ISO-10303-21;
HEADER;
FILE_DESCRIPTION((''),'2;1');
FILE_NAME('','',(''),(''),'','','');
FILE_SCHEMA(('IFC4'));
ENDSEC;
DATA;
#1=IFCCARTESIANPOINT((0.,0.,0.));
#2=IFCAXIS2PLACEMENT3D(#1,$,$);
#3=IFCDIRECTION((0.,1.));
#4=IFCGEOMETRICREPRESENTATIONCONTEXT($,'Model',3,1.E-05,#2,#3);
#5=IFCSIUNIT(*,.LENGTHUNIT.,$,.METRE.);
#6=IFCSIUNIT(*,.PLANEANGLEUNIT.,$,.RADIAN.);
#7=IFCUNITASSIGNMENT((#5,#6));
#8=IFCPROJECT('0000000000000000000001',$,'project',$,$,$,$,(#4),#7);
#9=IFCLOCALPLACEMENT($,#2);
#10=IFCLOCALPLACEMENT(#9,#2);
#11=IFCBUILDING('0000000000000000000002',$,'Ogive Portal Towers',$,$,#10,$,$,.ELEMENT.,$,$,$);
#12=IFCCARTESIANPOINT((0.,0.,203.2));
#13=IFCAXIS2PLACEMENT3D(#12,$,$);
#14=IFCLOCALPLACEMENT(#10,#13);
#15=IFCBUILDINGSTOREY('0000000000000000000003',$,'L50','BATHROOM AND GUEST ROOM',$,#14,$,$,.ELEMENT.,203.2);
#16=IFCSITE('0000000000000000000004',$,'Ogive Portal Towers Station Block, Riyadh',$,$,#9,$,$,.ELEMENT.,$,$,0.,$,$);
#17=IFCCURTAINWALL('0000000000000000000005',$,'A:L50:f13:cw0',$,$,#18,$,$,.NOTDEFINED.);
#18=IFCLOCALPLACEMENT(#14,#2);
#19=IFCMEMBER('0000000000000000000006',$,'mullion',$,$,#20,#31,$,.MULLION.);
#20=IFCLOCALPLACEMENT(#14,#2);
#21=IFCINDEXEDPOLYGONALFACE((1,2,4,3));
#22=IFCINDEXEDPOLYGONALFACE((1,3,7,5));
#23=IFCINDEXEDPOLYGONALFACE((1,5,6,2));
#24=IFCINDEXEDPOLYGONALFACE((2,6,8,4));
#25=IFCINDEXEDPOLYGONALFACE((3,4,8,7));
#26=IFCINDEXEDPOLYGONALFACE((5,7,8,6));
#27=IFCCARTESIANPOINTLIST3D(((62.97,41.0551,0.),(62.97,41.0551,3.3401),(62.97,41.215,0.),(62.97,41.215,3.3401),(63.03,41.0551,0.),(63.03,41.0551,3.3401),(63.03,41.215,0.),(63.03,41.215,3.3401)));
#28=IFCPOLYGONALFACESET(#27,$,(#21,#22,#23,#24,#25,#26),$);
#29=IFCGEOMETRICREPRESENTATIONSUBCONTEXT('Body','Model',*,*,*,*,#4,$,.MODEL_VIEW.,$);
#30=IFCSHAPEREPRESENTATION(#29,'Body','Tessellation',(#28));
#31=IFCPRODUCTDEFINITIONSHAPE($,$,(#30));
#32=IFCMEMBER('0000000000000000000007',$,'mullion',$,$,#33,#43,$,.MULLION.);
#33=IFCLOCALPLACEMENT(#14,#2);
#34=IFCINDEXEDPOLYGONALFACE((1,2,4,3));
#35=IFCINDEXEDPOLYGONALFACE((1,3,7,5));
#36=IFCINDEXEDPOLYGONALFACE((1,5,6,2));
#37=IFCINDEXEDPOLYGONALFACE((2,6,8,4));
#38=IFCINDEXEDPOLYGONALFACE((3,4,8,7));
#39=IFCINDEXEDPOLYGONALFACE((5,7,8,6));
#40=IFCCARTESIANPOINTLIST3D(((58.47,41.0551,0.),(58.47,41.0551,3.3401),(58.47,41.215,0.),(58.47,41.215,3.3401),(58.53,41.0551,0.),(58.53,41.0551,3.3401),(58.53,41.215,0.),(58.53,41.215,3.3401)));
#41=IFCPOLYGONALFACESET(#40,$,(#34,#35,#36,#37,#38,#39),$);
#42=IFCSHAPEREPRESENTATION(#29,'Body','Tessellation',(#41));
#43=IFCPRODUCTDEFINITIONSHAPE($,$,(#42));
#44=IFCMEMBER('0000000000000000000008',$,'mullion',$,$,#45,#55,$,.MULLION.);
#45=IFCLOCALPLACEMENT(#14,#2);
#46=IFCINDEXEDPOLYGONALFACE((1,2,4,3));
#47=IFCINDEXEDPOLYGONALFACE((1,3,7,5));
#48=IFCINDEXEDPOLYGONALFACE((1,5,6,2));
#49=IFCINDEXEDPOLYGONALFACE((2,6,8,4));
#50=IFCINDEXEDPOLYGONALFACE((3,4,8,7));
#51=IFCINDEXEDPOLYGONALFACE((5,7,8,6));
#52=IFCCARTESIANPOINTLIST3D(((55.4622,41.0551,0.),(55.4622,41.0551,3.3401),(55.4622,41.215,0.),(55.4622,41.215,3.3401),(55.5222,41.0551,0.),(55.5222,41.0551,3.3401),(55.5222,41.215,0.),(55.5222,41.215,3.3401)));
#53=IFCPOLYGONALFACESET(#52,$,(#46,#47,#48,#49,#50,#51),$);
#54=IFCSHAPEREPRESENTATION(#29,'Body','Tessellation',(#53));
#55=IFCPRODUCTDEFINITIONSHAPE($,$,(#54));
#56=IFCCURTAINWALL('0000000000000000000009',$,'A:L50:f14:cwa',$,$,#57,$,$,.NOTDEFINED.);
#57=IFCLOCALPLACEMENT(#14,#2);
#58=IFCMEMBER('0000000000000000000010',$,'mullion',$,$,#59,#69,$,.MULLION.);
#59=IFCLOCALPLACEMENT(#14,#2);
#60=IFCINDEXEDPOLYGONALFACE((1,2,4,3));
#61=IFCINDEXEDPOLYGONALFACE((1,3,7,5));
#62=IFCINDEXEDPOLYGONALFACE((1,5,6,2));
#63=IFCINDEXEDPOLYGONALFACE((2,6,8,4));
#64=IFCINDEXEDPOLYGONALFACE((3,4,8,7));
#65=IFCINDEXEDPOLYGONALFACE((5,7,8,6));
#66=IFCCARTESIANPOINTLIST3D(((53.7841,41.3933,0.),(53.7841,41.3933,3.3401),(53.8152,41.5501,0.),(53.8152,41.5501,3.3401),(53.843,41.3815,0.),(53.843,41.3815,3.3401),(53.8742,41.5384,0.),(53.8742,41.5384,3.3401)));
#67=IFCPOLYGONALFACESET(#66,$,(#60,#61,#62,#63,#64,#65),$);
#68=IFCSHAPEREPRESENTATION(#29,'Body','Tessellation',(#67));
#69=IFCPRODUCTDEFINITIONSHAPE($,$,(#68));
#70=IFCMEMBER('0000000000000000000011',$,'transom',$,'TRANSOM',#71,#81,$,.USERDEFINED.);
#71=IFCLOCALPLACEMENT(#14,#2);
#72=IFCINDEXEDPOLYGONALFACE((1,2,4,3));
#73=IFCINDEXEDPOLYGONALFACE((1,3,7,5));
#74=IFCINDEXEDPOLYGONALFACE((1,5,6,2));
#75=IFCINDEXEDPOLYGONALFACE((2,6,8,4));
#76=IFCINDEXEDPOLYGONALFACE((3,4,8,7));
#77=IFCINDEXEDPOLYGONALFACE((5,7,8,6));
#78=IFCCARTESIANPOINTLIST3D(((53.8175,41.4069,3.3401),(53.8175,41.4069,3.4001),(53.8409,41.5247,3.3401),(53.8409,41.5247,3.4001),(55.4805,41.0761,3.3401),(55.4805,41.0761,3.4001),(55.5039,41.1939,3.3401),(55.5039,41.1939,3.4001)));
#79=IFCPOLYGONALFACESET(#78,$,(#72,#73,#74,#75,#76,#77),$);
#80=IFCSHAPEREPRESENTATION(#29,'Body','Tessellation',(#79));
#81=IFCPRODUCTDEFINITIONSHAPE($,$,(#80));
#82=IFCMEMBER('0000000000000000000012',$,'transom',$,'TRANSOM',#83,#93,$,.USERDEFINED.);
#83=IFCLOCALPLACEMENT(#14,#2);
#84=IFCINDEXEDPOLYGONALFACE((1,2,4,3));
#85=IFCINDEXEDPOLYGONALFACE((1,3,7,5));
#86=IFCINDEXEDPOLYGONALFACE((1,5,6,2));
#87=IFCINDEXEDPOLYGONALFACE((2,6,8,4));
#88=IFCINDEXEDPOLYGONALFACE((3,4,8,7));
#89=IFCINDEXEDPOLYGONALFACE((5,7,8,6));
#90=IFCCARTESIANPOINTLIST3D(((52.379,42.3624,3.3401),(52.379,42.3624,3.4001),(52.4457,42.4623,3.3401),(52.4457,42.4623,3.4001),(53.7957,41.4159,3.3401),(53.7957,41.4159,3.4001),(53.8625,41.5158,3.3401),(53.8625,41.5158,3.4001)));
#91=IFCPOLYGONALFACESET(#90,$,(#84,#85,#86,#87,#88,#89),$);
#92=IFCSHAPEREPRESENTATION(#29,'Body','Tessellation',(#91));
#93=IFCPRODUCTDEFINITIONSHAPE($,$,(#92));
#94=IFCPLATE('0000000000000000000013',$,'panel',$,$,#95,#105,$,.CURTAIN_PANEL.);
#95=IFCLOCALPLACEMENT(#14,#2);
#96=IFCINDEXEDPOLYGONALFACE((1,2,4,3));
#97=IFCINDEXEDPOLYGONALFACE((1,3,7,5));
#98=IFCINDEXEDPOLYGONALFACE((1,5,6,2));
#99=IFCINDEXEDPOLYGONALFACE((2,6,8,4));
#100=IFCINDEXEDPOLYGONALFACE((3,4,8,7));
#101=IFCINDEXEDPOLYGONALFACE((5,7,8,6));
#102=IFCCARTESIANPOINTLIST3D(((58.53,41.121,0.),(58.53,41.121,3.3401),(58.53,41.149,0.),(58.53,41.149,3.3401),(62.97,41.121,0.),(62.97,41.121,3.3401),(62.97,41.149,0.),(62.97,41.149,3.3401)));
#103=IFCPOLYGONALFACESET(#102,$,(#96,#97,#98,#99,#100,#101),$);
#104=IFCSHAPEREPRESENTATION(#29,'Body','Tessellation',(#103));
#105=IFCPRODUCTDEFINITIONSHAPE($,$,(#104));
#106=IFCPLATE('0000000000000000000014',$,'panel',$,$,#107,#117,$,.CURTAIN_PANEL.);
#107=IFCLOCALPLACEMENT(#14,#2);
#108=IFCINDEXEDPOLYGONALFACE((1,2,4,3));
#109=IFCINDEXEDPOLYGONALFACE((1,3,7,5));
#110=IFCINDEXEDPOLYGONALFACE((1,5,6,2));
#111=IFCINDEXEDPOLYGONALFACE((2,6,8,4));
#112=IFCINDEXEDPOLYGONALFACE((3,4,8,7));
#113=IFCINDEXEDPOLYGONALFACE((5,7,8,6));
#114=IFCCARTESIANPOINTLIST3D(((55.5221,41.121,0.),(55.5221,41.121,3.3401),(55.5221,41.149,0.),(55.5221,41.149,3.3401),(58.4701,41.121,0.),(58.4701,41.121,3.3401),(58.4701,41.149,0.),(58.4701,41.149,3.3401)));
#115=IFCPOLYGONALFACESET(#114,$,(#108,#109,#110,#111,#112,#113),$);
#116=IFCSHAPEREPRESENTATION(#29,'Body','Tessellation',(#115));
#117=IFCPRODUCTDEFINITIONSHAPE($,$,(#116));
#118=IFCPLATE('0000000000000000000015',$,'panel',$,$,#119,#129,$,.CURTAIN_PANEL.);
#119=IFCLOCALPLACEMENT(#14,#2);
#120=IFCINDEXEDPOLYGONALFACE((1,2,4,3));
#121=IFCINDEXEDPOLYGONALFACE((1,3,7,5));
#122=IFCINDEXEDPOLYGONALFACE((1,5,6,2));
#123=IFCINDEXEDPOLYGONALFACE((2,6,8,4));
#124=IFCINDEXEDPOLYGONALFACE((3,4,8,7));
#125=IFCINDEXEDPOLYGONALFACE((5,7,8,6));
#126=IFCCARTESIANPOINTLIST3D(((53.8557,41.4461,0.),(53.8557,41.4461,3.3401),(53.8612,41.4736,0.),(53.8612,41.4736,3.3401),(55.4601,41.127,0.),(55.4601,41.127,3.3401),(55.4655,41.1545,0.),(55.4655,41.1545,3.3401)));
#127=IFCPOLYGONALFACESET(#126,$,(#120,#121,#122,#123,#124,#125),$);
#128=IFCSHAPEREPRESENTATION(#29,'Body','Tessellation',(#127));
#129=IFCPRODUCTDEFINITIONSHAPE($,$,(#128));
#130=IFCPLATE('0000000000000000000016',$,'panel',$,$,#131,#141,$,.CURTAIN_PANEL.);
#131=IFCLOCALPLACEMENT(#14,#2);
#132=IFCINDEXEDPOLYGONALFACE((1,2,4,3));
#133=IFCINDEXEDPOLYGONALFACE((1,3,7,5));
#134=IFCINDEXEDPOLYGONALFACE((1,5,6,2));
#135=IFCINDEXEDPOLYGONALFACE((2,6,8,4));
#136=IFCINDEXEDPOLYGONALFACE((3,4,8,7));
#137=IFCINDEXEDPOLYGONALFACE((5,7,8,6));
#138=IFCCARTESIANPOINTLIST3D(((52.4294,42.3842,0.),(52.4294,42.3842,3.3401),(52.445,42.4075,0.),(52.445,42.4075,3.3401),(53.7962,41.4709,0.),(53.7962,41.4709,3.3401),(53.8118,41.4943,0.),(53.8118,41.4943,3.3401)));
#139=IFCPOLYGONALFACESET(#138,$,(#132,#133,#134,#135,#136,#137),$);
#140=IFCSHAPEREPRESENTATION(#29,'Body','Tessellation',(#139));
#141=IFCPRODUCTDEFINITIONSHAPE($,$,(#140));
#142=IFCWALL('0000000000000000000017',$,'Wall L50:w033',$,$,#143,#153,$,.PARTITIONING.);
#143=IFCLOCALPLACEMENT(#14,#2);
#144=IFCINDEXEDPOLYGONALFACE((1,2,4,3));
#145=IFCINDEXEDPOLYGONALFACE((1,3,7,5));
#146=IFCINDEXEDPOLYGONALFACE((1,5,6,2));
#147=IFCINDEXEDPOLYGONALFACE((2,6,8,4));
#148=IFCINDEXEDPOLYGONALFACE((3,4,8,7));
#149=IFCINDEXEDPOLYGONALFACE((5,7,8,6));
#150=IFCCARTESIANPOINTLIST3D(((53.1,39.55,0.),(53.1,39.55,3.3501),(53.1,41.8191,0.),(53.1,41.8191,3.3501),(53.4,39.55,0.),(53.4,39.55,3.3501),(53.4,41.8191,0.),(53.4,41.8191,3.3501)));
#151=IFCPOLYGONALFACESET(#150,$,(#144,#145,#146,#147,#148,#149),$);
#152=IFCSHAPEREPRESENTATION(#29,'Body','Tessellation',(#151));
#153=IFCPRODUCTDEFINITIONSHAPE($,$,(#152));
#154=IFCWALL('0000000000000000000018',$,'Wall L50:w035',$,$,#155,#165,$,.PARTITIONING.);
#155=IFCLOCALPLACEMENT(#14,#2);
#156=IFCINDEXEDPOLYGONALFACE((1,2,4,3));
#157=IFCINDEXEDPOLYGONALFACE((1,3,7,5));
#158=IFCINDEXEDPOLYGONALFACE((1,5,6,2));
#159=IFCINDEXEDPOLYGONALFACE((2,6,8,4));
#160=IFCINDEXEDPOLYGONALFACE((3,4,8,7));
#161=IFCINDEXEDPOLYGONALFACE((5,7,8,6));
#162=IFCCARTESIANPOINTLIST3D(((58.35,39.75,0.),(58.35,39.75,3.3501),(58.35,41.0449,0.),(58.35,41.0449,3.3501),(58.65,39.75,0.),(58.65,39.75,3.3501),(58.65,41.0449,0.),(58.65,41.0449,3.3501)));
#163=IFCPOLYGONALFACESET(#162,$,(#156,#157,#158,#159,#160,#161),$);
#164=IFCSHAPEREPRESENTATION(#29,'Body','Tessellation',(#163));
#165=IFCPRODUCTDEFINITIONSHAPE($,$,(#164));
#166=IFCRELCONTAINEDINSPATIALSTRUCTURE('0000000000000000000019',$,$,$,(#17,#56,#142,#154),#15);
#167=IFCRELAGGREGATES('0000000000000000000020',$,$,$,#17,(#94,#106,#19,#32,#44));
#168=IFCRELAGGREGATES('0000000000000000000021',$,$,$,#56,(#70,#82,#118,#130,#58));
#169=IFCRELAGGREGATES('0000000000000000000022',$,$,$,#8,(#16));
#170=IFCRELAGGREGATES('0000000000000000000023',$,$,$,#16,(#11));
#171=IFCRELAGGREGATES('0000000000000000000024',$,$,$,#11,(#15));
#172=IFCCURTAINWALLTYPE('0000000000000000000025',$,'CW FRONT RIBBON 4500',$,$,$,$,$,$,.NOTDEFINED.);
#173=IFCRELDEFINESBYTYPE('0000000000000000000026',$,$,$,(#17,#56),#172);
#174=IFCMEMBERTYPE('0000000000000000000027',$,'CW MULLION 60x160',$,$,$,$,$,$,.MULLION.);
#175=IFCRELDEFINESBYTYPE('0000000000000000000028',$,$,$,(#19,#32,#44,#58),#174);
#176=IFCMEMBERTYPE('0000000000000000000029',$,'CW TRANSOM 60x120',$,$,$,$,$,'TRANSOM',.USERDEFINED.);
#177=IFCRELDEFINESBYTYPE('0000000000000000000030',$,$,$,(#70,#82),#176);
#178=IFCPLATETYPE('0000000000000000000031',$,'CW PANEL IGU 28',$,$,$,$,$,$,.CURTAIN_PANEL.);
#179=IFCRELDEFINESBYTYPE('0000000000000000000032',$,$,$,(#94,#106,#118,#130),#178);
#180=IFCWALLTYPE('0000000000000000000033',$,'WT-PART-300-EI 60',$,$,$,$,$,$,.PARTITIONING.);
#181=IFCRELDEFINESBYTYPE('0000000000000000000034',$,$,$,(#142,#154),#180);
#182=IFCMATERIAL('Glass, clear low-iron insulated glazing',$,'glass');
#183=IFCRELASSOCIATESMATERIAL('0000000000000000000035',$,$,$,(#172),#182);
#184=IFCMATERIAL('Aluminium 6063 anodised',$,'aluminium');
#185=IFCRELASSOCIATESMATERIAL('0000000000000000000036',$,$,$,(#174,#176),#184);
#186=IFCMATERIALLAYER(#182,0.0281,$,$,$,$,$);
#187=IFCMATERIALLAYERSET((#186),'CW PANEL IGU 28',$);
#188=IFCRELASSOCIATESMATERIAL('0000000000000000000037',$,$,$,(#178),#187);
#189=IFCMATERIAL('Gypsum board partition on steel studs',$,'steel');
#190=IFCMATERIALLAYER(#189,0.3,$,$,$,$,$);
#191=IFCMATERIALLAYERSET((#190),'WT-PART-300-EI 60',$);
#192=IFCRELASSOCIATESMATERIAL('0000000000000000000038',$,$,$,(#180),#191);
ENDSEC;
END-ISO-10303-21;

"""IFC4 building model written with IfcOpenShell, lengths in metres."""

from ifc_helpers import new_model, si_unit, direction, frame, frame_2d, origin, origin_2d, place, context, subcontext, project, spatial, rectangle, extrude, material, layer, layer_set, material_profile, profile_set, type_object, element, aggregate, save


model = new_model("IFC4")

# Units and contexts
model_context = context("Model", 3, precision=1e-05, world=origin(), true_north=direction((0.0, 1.0)))
body_context = subcontext(model_context, "Body", "Model", "MODEL_VIEW")
ifc_project = project(units=[si_unit("LENGTHUNIT", "METRE"), si_unit("PLANEANGLEUNIT", "RADIAN")], contexts=[model_context])

# Site, building, storey
site_placement = place(None, origin())
site = spatial("IfcSite", under=ifc_project, at=site_placement, Name="Ogive Portal Towers Station Block, Riyadh", CompositionType="ELEMENT", RefElevation=0.0)
building_placement = place(site_placement, origin())
building = spatial("IfcBuilding", under=site, at=building_placement, Name="Ogive Portal Towers", CompositionType="ELEMENT")
storey_placement = place(building_placement, frame((0.0, 0.0, 203.2)))
storey = spatial("IfcBuildingStorey", under=building, at=storey_placement, Name="L50", Description="BATHROOM AND GUEST ROOM", CompositionType="ELEMENT", Elevation=203.2)

# Curtain walls, members
ifc_material_1 = material(Name="Glass, clear low-iron insulated glazing", Category="glass")
curtain_wall_type = type_object("IfcCurtainWallType", Name="CW FRONT RIBBON 4500", PredefinedType="NOTDEFINED", material=ifc_material_1)
curtain_wall_1_placement = place(storey_placement, origin())
curtain_wall_1 = element("IfcCurtainWall", 1, at=curtain_wall_1_placement, inside=storey, type_object=curtain_wall_type, Name="A:L50:f13:cw0", PredefinedType="NOTDEFINED")
ifc_material_2 = material(Name="Aluminium 6063 anodised", Category="aluminium")
ifc_material_profile_1 = material_profile(ifc_material_2, rectangle(XDim=0.1599, YDim=0.0601, at=origin_2d()), Name="AL 60x160")
ifc_profile_set_1 = profile_set([ifc_material_profile_1], Name="Aluminium 6063 anodised")
member_type_1 = type_object("IfcMemberType", Name="CW MULLION 60x160", PredefinedType="MULLION", material=ifc_profile_set_1)
member_1_placement = place(storey_placement, frame((63.0, 41.135, 0.0), z_axis=(0.0, 0.0, 1.0), x_axis=(0.0, -1.0, 0.0)))
member_1 = element("IfcMember", 2, at=member_1_placement, type_object=member_type_1, Name="mullion", PredefinedType="MULLION", context=body_context, shape_type="SweptSolid", body=[
    extrude(rectangle(XDim=0.1599, YDim=0.0601, at=origin_2d()), origin(), (0.0, 0.0, 1.0), 3.3401),
])
member_2_placement = place(storey_placement, frame((58.5, 41.135, 0.0), z_axis=(0.0, 0.0, 1.0), x_axis=(0.0, -1.0, 0.0)))
member_2 = element("IfcMember", 3, at=member_2_placement, type_object=member_type_1, Name="mullion", PredefinedType="MULLION", context=body_context, shape_type="SweptSolid", body=[
    extrude(rectangle(XDim=0.1599, YDim=0.0601, at=origin_2d()), origin(), (0.0, 0.0, 1.0), 3.3401),
])
member_3_placement = place(storey_placement, frame((55.4922, 41.135, 0.0), z_axis=(0.0, 0.0, 1.0), x_axis=(0.0, -1.0, 0.0)))
member_3 = element("IfcMember", 4, at=member_3_placement, type_object=member_type_1, Name="mullion", PredefinedType="MULLION", context=body_context, shape_type="SweptSolid", body=[
    extrude(rectangle(XDim=0.1599, YDim=0.0601, at=origin_2d()), origin(), (0.0, 0.0, 1.0), 3.3401),
])
curtain_wall_2_placement = place(storey_placement, origin())
curtain_wall_2 = element("IfcCurtainWall", 5, at=curtain_wall_2_placement, inside=storey, type_object=curtain_wall_type, Name="A:L50:f14:cwa", PredefinedType="NOTDEFINED")
member_4_placement = place(storey_placement, frame((53.8291, 41.4658, 0.0), z_axis=(0.0, 0.0, 1.0), x_axis=(-0.19509, -0.980785, 0.0)))
member_4 = element("IfcMember", 6, at=member_4_placement, type_object=member_type_1, Name="mullion", PredefinedType="MULLION", context=body_context, shape_type="SweptSolid", body=[
    extrude(rectangle(XDim=0.1599, YDim=0.0601, at=origin_2d()), origin(), (0.0, 0.0, 1.0), 3.3401),
])
ifc_material_profile_2 = material_profile(ifc_material_2, rectangle(XDim=0.1201, YDim=0.0601, at=origin_2d()), Name="AL 120x60")
ifc_profile_set_2 = profile_set([ifc_material_profile_2], Name="Aluminium 6063 anodised")
member_type_2 = type_object("IfcMemberType", Name="CW TRANSOM 60x120", ElementType="TRANSOM", PredefinedType="USERDEFINED", material=ifc_profile_set_2)
member_5_placement = place(storey_placement, frame((55.4922, 41.135, 3.3701), z_axis=(-0.980785, 0.195092, 0.0), x_axis=(-0.195092, -0.980785, 0.0)))
member_5 = element("IfcMember", 7, at=member_5_placement, type_object=member_type_2, Name="transom", ObjectType="TRANSOM", PredefinedType="USERDEFINED", context=body_context, shape_type="SweptSolid", body=[
    extrude(rectangle(XDim=0.1201, YDim=0.0601, at=origin_2d()), origin(), (0.0, 0.0, 1.0), 1.6956),
])
member_6_placement = place(storey_placement, frame((53.8291, 41.4658, 3.3701), z_axis=(-0.831499, 0.555527, 0.0), x_axis=(-0.555527, -0.831499, 0.0)))
member_6 = element("IfcMember", 8, at=member_6_placement, type_object=member_type_2, Name="transom", ObjectType="TRANSOM", PredefinedType="USERDEFINED", context=body_context, shape_type="SweptSolid", body=[
    extrude(rectangle(XDim=0.1201, YDim=0.0601, at=origin_2d()), origin(), (0.0, 0.0, 1.0), 1.7039),
])

# Plates
ifc_layer_1 = layer(ifc_material_1, 0.0281)
ifc_layer_set_1 = layer_set([ifc_layer_1], Name="CW PANEL IGU 28")
plate_type = type_object("IfcPlateType", Name="CW PANEL IGU 28", PredefinedType="CURTAIN_PANEL", material=ifc_layer_set_1)
plate_1_placement = place(storey_placement, frame((60.75, 41.135, 0.0), z_axis=(0.0, 0.0, 1.0), x_axis=(-1.0, 0.0, 0.0)))
plate_1 = element("IfcPlate", 9, at=plate_1_placement, type_object=plate_type, Name="panel", PredefinedType="CURTAIN_PANEL", context=body_context, shape_type="SweptSolid", body=[
    extrude(rectangle(XDim=4.4399, YDim=0.0281, at=origin_2d()), origin(), (0.0, 0.0, 1.0), 3.3401),
])
plate_2_placement = place(storey_placement, frame((56.9961, 41.135, 0.0), z_axis=(0.0, 0.0, 1.0), x_axis=(-1.0, 0.0, 0.0)))
plate_2 = element("IfcPlate", 10, at=plate_2_placement, type_object=plate_type, Name="panel", PredefinedType="CURTAIN_PANEL", context=body_context, shape_type="SweptSolid", body=[
    extrude(rectangle(XDim=2.948, YDim=0.0281, at=origin_2d()), origin(), (0.0, 0.0, 1.0), 3.3401),
])
aggregate(curtain_wall_1, [plate_1, plate_2, member_1, member_2, member_3])
plate_3_placement = place(storey_placement, frame((54.6606, 41.3003, 0.0), z_axis=(0.0, 0.0, 1.0), x_axis=(-0.980785, 0.19509, 0.0)))
plate_3 = element("IfcPlate", 11, at=plate_3_placement, type_object=plate_type, Name="panel", PredefinedType="CURTAIN_PANEL", context=body_context, shape_type="SweptSolid", body=[
    extrude(rectangle(XDim=1.6357, YDim=0.0281, at=origin_2d()), origin(), (0.0, 0.0, 1.0), 3.3401),
])
plate_4_placement = place(storey_placement, frame((53.1206, 41.9392, 0.0), z_axis=(0.0, 0.0, 1.0), x_axis=(-0.83147, 0.55557, 0.0)))
plate_4 = element("IfcPlate", 12, at=plate_4_placement, type_object=plate_type, Name="panel", PredefinedType="CURTAIN_PANEL", context=body_context, shape_type="SweptSolid", body=[
    extrude(rectangle(XDim=1.6438, YDim=0.0281, at=origin_2d()), origin(), (0.0, 0.0, 1.0), 3.3401),
])
aggregate(curtain_wall_2, [member_5, member_6, plate_3, plate_4, member_4])

# Walls
ifc_material_3 = material(Name="Gypsum board partition on steel studs", Category="steel")
ifc_layer_2 = layer(ifc_material_3, 0.3)
ifc_layer_set_2 = layer_set([ifc_layer_2], Name="WT-PART-300-EI 60")
wall_type = type_object("IfcWallType", Name="WT-PART-300-EI 60", PredefinedType="PARTITIONING", material=ifc_layer_set_2)
wall_1_placement = place(storey_placement, frame((53.25, 39.55, 0.0), z_axis=(0.0, 0.0, 1.0), x_axis=(0.0, 1.0, 0.0)))
element("IfcWall", 13, at=wall_1_placement, inside=storey, type_object=wall_type, Name="Wall L50:w033", PredefinedType="PARTITIONING", context=body_context, shape_type="SweptSolid", body=[
    extrude(rectangle(XDim=2.269, YDim=0.3, at=frame_2d((1.1345, 0.0))), origin(), (0.0, 0.0, 1.0), 3.3501),
])
wall_2_placement = place(storey_placement, frame((58.5, 39.75, 0.0), z_axis=(0.0, 0.0, 1.0), x_axis=(0.0, 1.0, 0.0)))
element("IfcWall", 14, at=wall_2_placement, inside=storey, type_object=wall_type, Name="Wall L50:w035", PredefinedType="PARTITIONING", context=body_context, shape_type="SweptSolid", body=[
    extrude(rectangle(XDim=1.2949, YDim=0.3, at=frame_2d((0.6475, 0.0))), origin(), (0.0, 0.0, 1.0), 3.3501),
])

save(model, "model.ifc")
